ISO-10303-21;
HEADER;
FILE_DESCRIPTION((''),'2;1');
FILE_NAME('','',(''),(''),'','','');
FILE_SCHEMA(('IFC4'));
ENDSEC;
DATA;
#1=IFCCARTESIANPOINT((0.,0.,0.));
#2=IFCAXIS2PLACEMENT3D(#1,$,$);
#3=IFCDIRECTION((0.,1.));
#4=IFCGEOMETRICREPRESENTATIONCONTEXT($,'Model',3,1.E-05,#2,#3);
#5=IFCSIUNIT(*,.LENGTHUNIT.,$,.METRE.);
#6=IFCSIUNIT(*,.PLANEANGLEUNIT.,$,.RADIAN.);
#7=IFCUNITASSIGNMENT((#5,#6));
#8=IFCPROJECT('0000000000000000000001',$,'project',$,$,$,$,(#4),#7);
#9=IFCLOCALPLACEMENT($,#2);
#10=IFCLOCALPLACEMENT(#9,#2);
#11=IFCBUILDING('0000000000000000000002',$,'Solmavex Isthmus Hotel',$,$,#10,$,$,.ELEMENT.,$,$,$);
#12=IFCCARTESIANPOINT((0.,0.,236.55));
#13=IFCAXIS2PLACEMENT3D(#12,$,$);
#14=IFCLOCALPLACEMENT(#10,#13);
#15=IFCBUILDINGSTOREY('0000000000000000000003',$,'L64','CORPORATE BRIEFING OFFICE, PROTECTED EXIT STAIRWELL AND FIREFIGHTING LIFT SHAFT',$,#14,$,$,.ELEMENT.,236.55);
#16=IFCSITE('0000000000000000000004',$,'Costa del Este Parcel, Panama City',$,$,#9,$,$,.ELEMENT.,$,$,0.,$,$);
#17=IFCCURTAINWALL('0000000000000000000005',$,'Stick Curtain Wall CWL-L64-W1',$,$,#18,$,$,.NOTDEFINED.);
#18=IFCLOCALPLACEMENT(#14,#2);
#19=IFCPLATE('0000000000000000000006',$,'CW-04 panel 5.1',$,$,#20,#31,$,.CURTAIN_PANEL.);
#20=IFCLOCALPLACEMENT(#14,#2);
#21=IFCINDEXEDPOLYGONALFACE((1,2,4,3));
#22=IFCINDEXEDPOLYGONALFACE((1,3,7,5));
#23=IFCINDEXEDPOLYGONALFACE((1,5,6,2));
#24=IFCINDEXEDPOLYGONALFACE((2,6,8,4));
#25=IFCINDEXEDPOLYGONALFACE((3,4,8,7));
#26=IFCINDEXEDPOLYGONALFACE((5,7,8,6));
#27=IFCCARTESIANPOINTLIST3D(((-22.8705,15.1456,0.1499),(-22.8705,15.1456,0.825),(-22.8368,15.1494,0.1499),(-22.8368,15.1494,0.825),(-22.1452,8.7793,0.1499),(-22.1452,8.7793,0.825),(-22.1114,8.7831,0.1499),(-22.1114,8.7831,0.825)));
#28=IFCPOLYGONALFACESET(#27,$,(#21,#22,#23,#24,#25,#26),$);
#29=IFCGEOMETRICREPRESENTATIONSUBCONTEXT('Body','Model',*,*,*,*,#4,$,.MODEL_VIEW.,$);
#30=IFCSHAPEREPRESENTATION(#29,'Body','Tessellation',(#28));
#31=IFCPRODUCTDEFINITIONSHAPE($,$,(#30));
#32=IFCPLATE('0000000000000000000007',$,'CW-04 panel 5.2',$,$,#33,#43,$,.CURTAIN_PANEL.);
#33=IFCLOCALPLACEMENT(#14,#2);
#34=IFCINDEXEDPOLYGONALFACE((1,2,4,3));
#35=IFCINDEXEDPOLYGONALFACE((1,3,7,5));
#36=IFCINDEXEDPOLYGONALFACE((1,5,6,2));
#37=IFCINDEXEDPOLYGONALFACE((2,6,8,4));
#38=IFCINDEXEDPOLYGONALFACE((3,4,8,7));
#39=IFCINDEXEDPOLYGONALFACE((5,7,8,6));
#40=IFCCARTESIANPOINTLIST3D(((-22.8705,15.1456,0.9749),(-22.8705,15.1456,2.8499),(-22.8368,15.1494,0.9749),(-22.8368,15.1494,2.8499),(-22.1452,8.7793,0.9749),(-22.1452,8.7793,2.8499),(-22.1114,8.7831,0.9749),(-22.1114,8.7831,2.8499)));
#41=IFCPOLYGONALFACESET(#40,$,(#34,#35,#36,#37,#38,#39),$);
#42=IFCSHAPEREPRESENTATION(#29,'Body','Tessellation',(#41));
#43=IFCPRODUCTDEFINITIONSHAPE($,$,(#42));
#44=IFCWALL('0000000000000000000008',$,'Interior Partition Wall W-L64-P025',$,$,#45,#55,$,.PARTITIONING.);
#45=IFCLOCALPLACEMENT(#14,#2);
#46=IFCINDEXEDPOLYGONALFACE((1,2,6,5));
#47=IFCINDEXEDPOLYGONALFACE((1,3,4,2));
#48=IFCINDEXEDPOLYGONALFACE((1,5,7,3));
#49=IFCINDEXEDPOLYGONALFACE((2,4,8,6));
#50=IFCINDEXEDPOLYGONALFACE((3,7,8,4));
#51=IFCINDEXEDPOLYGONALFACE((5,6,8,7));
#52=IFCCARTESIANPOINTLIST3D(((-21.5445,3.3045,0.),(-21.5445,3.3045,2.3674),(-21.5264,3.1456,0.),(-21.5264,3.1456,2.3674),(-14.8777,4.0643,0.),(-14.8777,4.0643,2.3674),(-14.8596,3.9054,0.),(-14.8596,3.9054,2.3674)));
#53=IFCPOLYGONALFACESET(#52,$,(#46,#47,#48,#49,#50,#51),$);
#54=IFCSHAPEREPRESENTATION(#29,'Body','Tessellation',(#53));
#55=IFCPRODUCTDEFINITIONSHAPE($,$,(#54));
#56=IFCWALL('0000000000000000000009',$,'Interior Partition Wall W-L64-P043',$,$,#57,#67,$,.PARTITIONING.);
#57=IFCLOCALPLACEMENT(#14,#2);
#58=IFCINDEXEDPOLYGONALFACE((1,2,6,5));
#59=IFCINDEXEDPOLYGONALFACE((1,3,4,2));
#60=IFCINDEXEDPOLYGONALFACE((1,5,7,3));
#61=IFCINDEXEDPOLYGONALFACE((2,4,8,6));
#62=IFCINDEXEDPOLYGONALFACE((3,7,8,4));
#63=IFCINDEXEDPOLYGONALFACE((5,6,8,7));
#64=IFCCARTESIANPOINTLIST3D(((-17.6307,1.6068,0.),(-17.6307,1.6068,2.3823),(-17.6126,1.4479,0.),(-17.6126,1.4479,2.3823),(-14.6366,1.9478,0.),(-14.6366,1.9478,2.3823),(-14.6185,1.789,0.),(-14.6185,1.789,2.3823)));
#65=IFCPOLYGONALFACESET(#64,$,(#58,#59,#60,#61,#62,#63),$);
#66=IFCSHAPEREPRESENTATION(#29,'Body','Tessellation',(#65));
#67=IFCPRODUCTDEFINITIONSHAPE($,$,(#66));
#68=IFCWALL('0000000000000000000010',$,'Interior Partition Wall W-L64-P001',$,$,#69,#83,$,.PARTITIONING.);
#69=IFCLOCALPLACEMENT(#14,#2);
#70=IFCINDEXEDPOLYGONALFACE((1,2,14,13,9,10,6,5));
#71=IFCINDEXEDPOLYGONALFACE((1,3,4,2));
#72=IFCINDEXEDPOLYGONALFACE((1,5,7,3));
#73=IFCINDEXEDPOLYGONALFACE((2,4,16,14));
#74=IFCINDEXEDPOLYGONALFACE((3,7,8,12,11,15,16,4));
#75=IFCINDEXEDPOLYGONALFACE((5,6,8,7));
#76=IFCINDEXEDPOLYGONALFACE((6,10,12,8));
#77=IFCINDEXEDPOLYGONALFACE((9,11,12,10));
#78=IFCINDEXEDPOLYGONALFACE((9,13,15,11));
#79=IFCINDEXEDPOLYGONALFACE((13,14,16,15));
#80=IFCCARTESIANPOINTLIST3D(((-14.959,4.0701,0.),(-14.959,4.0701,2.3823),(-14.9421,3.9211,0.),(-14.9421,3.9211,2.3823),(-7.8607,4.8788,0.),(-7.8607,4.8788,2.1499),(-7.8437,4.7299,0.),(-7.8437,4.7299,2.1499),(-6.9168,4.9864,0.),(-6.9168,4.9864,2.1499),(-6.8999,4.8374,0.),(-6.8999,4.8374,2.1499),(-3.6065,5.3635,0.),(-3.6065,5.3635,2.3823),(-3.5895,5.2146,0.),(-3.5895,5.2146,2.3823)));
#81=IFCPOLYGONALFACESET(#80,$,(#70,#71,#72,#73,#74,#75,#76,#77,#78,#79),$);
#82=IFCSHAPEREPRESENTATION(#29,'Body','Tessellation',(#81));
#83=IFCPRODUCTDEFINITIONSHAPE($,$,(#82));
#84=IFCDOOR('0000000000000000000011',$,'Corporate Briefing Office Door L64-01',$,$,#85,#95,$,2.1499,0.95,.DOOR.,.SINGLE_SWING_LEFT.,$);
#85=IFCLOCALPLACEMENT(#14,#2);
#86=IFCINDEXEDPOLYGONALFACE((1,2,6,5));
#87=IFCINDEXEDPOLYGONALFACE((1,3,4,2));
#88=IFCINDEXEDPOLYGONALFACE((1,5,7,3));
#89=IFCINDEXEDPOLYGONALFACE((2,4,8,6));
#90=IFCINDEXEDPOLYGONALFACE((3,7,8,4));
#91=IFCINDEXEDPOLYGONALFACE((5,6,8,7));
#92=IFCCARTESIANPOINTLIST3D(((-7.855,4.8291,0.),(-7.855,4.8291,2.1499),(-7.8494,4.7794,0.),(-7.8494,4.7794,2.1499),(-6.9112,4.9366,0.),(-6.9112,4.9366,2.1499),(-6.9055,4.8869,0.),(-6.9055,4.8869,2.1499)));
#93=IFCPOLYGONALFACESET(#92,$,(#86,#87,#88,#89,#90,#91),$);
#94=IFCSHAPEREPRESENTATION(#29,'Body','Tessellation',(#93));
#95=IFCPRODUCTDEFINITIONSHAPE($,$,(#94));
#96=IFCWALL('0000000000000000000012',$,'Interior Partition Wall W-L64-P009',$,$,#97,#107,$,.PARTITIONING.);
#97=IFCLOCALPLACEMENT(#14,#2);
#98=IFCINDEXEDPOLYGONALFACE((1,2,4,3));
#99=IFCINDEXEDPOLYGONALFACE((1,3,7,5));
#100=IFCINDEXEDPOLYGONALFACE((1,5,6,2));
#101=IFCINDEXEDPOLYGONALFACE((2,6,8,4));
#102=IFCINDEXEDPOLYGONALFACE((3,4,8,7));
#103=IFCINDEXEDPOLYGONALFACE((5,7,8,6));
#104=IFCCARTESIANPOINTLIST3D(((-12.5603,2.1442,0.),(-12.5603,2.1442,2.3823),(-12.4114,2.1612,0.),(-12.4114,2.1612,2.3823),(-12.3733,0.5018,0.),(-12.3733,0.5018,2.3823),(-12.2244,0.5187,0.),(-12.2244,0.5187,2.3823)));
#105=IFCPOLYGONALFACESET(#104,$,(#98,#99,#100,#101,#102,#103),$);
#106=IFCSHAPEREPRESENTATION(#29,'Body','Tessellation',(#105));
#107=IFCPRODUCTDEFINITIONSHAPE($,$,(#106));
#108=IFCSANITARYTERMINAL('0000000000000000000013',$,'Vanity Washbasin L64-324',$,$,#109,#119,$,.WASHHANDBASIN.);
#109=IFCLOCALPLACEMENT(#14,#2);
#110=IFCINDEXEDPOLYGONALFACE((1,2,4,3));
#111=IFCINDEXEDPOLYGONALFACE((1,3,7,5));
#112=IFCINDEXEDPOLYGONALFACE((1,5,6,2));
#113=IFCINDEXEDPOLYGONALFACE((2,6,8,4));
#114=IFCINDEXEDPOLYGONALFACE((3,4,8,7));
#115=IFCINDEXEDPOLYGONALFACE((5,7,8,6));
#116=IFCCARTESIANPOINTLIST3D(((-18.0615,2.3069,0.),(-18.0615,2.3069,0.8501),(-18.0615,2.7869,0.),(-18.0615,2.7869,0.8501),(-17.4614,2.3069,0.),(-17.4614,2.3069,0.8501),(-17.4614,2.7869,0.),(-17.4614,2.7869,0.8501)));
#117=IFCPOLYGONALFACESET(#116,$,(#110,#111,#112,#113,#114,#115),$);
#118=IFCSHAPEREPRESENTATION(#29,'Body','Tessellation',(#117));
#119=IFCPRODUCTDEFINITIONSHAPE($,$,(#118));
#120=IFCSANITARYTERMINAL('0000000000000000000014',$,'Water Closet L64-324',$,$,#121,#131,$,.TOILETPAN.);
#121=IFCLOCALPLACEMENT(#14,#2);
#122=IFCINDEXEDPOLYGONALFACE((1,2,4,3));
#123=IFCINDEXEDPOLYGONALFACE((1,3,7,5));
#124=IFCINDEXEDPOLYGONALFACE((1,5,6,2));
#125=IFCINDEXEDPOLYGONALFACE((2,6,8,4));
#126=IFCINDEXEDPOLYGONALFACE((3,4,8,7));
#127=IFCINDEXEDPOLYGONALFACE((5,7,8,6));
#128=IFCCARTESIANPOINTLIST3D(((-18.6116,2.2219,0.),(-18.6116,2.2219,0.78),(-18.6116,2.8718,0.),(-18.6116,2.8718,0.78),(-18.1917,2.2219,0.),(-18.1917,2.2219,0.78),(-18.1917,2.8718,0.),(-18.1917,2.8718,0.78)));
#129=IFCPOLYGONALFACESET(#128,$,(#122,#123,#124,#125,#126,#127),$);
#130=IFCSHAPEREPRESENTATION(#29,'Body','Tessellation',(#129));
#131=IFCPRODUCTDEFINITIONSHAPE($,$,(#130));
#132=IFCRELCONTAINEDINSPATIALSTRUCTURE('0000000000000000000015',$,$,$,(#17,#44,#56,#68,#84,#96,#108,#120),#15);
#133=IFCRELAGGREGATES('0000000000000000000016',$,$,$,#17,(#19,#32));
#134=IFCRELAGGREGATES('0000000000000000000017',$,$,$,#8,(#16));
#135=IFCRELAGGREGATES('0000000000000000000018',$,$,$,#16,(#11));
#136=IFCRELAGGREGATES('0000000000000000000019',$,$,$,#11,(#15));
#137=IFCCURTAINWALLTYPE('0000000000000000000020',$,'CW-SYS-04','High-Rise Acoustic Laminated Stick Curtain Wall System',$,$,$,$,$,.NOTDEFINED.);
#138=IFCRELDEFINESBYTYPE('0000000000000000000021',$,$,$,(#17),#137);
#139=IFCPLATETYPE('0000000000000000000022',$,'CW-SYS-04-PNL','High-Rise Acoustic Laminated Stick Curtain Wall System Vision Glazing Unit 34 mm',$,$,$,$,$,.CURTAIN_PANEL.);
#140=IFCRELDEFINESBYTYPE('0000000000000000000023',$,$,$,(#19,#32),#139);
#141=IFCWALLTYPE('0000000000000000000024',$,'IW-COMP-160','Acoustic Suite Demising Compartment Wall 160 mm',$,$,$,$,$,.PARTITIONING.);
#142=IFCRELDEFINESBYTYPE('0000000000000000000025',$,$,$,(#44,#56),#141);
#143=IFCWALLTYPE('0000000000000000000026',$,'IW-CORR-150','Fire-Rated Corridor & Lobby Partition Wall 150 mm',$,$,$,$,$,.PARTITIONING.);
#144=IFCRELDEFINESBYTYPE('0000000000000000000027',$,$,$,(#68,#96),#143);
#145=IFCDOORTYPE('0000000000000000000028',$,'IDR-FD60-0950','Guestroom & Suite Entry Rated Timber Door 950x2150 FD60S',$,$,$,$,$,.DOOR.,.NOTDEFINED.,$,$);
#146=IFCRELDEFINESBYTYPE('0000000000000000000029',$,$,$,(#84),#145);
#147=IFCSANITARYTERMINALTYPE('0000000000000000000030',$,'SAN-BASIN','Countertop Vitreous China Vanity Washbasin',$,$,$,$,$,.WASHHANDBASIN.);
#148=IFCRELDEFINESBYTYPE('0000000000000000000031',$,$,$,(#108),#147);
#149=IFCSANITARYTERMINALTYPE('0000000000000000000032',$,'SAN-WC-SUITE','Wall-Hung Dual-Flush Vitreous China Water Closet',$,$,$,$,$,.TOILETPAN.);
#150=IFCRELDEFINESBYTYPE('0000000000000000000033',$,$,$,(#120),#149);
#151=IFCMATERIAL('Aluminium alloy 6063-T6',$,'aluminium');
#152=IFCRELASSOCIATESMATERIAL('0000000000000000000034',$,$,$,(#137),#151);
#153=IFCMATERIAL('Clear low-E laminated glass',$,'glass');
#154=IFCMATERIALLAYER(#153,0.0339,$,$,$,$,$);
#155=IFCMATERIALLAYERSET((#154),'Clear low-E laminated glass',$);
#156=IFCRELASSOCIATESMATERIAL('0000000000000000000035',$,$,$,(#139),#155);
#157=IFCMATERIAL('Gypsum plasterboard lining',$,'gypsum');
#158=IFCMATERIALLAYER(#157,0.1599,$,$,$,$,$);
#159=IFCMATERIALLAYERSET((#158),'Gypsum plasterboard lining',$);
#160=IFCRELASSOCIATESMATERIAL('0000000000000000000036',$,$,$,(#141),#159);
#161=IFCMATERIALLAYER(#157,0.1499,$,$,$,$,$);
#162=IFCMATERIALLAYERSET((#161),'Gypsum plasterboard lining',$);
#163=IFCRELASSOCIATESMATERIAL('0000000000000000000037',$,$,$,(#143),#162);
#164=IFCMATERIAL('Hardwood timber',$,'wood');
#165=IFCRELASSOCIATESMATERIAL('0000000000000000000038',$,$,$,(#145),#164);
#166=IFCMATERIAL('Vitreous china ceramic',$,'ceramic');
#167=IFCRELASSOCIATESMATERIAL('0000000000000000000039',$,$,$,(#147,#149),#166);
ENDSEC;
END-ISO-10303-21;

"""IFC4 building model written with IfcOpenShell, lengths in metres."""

from ifc_helpers import new_model, si_unit, direction, frame, frame_2d, origin, origin_2d, place, context, subcontext, project, spatial, rectangle, extrude, material, layer, layer_set, type_object, element, fill, aggregate, save


model = new_model("IFC4")

# Units and contexts
model_context = context("Model", 3, precision=1e-05, world=origin(), true_north=direction((0.0, 1.0)))
body_context = subcontext(model_context, "Body", "Model", "MODEL_VIEW")
ifc_project = project(units=[si_unit("LENGTHUNIT", "METRE"), si_unit("PLANEANGLEUNIT", "RADIAN")], contexts=[model_context])

# Site, building, storey
site_placement = place(None, origin())
site = spatial("IfcSite", under=ifc_project, at=site_placement, Name="Costa del Este Parcel, Panama City", CompositionType="ELEMENT", RefElevation=0.0)
building_placement = place(site_placement, origin())
building = spatial("IfcBuilding", under=site, at=building_placement, Name="Solmavex Isthmus Hotel", CompositionType="ELEMENT")
storey_placement = place(building_placement, frame((0.0, 0.0, 236.55)))
storey = spatial("IfcBuildingStorey", under=building, at=storey_placement, Name="L64", Description="CORPORATE BRIEFING OFFICE, PROTECTED EXIT STAIRWELL AND FIREFIGHTING LIFT SHAFT", CompositionType="ELEMENT", Elevation=236.55)

# Curtain wall, plates
ifc_material_1 = material(Name="Aluminium alloy 6063-T6", Category="aluminium")
curtain_wall_type = type_object("IfcCurtainWallType", Name="CW-SYS-04", Description="High-Rise Acoustic Laminated Stick Curtain Wall System", PredefinedType="NOTDEFINED", material=ifc_material_1)
curtain_wall_placement = place(storey_placement, origin())
curtain_wall = element("IfcCurtainWall", 1, at=curtain_wall_placement, inside=storey, type_object=curtain_wall_type, Name="Stick Curtain Wall CWL-L64-W1", PredefinedType="NOTDEFINED")
ifc_material_2 = material(Name="Clear low-E laminated glass", Category="glass")
ifc_layer_1 = layer(ifc_material_2, 0.0339)
ifc_layer_set_1 = layer_set([ifc_layer_1], Name="Clear low-E laminated glass")
plate_type = type_object("IfcPlateType", Name="CW-SYS-04-PNL", Description="High-Rise Acoustic Laminated Stick Curtain Wall System Vision Glazing Unit 34 mm", PredefinedType="CURTAIN_PANEL", material=ifc_layer_set_1)
plate_1_placement = place(storey_placement, frame((-22.491, 11.9644, 0.1499), z_axis=(0.0, 0.0, 1.0), x_axis=(-0.113203, 0.993572, 0.0)))
plate_1 = element("IfcPlate", 2, at=plate_1_placement, type_object=plate_type, Name="CW-04 panel 5.1", PredefinedType="CURTAIN_PANEL", context=body_context, shape_type="SweptSolid", body=[
    extrude(rectangle(XDim=6.4075, YDim=0.0339, at=origin_2d()), origin(), (0.0, 0.0, 1.0), 0.675),
])
plate_2_placement = place(storey_placement, frame((-22.491, 11.9644, 0.9749), z_axis=(0.0, 0.0, 1.0), x_axis=(-0.113203, 0.993572, 0.0)))
plate_2 = element("IfcPlate", 3, at=plate_2_placement, type_object=plate_type, Name="CW-04 panel 5.2", PredefinedType="CURTAIN_PANEL", context=body_context, shape_type="SweptSolid", body=[
    extrude(rectangle(XDim=6.4075, YDim=0.0339, at=origin_2d()), origin(), (0.0, 0.0, 1.0), 1.875),
])
aggregate(curtain_wall, [plate_1, plate_2])

# Walls
ifc_material_3 = material(Name="Gypsum plasterboard lining", Category="gypsum")
ifc_layer_2 = layer(ifc_material_3, 0.1599)
ifc_layer_set_2 = layer_set([ifc_layer_2], Name="Gypsum plasterboard lining")
wall_type_1 = type_object("IfcWallType", Name="IW-COMP-160", Description="Acoustic Suite Demising Compartment Wall 160 mm", PredefinedType="PARTITIONING", material=ifc_layer_set_2)
wall_1_placement = place(storey_placement, frame((-14.8687, 3.9849, 0.0), z_axis=(0.0, 0.0, 1.0), x_axis=(-0.993569, -0.113231, 0.0)))
element("IfcWall", 4, at=wall_1_placement, inside=storey, type_object=wall_type_1, Name="Interior Partition Wall W-L64-P025", PredefinedType="PARTITIONING", context=body_context, shape_type="SweptSolid", body=[
    extrude(rectangle(XDim=6.71, YDim=0.1599, at=frame_2d((3.355, 0.0))), origin(), (0.0, 0.0, 1.0), 2.3674),
])
wall_2_placement = place(storey_placement, frame((-14.6274, 1.8684, 0.0), z_axis=(0.0, 0.0, 1.0), x_axis=(-0.993575, -0.113179, 0.0)))
element("IfcWall", 5, at=wall_2_placement, inside=storey, type_object=wall_type_1, Name="Interior Partition Wall W-L64-P043", PredefinedType="PARTITIONING", context=body_context, shape_type="SweptSolid", body=[
    extrude(rectangle(XDim=3.0134, YDim=0.1599, at=frame_2d((1.5068, 0.0))), origin(), (0.0, 0.0, 1.0), 2.3823),
])

# Wall, opening, door
ifc_layer_3 = layer(ifc_material_3, 0.1499)
ifc_layer_set_3 = layer_set([ifc_layer_3], Name="Gypsum plasterboard lining")
wall_type_2 = type_object("IfcWallType", Name="IW-CORR-150", Description="Fire-Rated Corridor & Lobby Partition Wall 150 mm", PredefinedType="PARTITIONING", material=ifc_layer_set_3)
wall_3_placement = place(storey_placement, frame((-14.9504, 3.9956, 0.0), z_axis=(0.0, 0.0, 1.0), x_axis=(0.993572, 0.113203, 0.0)))
wall_3 = element("IfcWall", 6, at=wall_3_placement, inside=storey, type_object=wall_type_2, Name="Interior Partition Wall W-L64-P001", PredefinedType="PARTITIONING", context=body_context, shape_type="SweptSolid", body=[
    extrude(rectangle(XDim=11.426, YDim=0.1499, at=frame_2d((5.7129, 0.0))), origin(), (0.0, 0.0, 1.0), 2.3823),
])
opening_placement = place(wall_3_placement, frame((7.144, 0.0, 0.0)))
opening = element("IfcOpeningElement", 7, at=opening_placement, cuts=wall_3, PredefinedType="OPENING", context=body_context, shape_type="SweptSolid", body=[
    extrude(rectangle(XDim=0.95, YDim=2.1499, at=frame_2d((0.4751, 1.075))), frame((0.0, 0.085, 0.0), z_axis=(0.0, -1.0, 0.0), x_axis=(1.0, 0.0, 0.0)), (0.0, 0.0, 1.0), 0.1699),
])
ifc_material_4 = material(Name="Hardwood timber", Category="wood")
door_type = type_object("IfcDoorType", Name="IDR-FD60-0950", Description="Guestroom & Suite Entry Rated Timber Door 950x2150 FD60S", OperationType="NOTDEFINED", PredefinedType="DOOR", material=ifc_material_4)
door_placement = place(opening_placement, origin())
door = element("IfcDoor", 8, at=door_placement, inside=storey, type_object=door_type, Name="Corporate Briefing Office Door L64-01", OperationType="SINGLE_SWING_LEFT", OverallHeight=2.1499, OverallWidth=0.95, PredefinedType="DOOR", context=body_context, shape_type="SweptSolid", body=[
    extrude(rectangle(XDim=0.95, YDim=2.1499, at=frame_2d((0.4751, 1.075))), frame((0.0, 0.0249, 0.0), z_axis=(0.0, -1.0, 0.0), x_axis=(1.0, 0.0, 0.0)), (0.0, 0.0, 1.0), 0.05),
])
fill(opening, door)

# Wall
wall_4_placement = place(storey_placement, frame((-12.4858, 2.1528, 0.0), z_axis=(0.0, 0.0, 1.0), x_axis=(0.113122, -0.993581, 0.0)))
element("IfcWall", 9, at=wall_4_placement, inside=storey, type_object=wall_type_2, Name="Interior Partition Wall W-L64-P009", PredefinedType="PARTITIONING", context=body_context, shape_type="SweptSolid", body=[
    extrude(rectangle(XDim=1.6531, YDim=0.1499, at=frame_2d((0.8267, 0.0))), origin(), (0.0, 0.0, 1.0), 2.3823),
])

# Sanitary terminals
ifc_material_5 = material(Name="Vitreous china ceramic", Category="ceramic")
sanitary_terminal_type_1 = type_object("IfcSanitaryTerminalType", Name="SAN-BASIN", Description="Countertop Vitreous China Vanity Washbasin", PredefinedType="WASHHANDBASIN", material=ifc_material_5)
sanitary_terminal_1_placement = place(storey_placement, frame((-17.7615, 2.5469, 0.0), z_axis=(0.0, 0.0, 1.0), x_axis=(1.0, 0.0, 0.0)))
element("IfcSanitaryTerminal", 10, at=sanitary_terminal_1_placement, inside=storey, type_object=sanitary_terminal_type_1, Name="Vanity Washbasin L64-324", PredefinedType="WASHHANDBASIN", context=body_context, shape_type="SweptSolid", body=[
    extrude(rectangle(XDim=0.6001, YDim=0.48, at=origin_2d()), origin(), (0.0, 0.0, 1.0), 0.8501),
])
sanitary_terminal_type_2 = type_object("IfcSanitaryTerminalType", Name="SAN-WC-SUITE", Description="Wall-Hung Dual-Flush Vitreous China Water Closet", PredefinedType="TOILETPAN", material=ifc_material_5)
sanitary_terminal_2_placement = place(storey_placement, frame((-18.4016, 2.5469, 0.0), z_axis=(0.0, 0.0, 1.0), x_axis=(1.0, 0.0, 0.0)))
element("IfcSanitaryTerminal", 11, at=sanitary_terminal_2_placement, inside=storey, type_object=sanitary_terminal_type_2, Name="Water Closet L64-324", PredefinedType="TOILETPAN", context=body_context, shape_type="SweptSolid", body=[
    extrude(rectangle(XDim=0.4199, YDim=0.6499, at=origin_2d()), origin(), (0.0, 0.0, 1.0), 0.78),
])

save(model, "model.ifc")
